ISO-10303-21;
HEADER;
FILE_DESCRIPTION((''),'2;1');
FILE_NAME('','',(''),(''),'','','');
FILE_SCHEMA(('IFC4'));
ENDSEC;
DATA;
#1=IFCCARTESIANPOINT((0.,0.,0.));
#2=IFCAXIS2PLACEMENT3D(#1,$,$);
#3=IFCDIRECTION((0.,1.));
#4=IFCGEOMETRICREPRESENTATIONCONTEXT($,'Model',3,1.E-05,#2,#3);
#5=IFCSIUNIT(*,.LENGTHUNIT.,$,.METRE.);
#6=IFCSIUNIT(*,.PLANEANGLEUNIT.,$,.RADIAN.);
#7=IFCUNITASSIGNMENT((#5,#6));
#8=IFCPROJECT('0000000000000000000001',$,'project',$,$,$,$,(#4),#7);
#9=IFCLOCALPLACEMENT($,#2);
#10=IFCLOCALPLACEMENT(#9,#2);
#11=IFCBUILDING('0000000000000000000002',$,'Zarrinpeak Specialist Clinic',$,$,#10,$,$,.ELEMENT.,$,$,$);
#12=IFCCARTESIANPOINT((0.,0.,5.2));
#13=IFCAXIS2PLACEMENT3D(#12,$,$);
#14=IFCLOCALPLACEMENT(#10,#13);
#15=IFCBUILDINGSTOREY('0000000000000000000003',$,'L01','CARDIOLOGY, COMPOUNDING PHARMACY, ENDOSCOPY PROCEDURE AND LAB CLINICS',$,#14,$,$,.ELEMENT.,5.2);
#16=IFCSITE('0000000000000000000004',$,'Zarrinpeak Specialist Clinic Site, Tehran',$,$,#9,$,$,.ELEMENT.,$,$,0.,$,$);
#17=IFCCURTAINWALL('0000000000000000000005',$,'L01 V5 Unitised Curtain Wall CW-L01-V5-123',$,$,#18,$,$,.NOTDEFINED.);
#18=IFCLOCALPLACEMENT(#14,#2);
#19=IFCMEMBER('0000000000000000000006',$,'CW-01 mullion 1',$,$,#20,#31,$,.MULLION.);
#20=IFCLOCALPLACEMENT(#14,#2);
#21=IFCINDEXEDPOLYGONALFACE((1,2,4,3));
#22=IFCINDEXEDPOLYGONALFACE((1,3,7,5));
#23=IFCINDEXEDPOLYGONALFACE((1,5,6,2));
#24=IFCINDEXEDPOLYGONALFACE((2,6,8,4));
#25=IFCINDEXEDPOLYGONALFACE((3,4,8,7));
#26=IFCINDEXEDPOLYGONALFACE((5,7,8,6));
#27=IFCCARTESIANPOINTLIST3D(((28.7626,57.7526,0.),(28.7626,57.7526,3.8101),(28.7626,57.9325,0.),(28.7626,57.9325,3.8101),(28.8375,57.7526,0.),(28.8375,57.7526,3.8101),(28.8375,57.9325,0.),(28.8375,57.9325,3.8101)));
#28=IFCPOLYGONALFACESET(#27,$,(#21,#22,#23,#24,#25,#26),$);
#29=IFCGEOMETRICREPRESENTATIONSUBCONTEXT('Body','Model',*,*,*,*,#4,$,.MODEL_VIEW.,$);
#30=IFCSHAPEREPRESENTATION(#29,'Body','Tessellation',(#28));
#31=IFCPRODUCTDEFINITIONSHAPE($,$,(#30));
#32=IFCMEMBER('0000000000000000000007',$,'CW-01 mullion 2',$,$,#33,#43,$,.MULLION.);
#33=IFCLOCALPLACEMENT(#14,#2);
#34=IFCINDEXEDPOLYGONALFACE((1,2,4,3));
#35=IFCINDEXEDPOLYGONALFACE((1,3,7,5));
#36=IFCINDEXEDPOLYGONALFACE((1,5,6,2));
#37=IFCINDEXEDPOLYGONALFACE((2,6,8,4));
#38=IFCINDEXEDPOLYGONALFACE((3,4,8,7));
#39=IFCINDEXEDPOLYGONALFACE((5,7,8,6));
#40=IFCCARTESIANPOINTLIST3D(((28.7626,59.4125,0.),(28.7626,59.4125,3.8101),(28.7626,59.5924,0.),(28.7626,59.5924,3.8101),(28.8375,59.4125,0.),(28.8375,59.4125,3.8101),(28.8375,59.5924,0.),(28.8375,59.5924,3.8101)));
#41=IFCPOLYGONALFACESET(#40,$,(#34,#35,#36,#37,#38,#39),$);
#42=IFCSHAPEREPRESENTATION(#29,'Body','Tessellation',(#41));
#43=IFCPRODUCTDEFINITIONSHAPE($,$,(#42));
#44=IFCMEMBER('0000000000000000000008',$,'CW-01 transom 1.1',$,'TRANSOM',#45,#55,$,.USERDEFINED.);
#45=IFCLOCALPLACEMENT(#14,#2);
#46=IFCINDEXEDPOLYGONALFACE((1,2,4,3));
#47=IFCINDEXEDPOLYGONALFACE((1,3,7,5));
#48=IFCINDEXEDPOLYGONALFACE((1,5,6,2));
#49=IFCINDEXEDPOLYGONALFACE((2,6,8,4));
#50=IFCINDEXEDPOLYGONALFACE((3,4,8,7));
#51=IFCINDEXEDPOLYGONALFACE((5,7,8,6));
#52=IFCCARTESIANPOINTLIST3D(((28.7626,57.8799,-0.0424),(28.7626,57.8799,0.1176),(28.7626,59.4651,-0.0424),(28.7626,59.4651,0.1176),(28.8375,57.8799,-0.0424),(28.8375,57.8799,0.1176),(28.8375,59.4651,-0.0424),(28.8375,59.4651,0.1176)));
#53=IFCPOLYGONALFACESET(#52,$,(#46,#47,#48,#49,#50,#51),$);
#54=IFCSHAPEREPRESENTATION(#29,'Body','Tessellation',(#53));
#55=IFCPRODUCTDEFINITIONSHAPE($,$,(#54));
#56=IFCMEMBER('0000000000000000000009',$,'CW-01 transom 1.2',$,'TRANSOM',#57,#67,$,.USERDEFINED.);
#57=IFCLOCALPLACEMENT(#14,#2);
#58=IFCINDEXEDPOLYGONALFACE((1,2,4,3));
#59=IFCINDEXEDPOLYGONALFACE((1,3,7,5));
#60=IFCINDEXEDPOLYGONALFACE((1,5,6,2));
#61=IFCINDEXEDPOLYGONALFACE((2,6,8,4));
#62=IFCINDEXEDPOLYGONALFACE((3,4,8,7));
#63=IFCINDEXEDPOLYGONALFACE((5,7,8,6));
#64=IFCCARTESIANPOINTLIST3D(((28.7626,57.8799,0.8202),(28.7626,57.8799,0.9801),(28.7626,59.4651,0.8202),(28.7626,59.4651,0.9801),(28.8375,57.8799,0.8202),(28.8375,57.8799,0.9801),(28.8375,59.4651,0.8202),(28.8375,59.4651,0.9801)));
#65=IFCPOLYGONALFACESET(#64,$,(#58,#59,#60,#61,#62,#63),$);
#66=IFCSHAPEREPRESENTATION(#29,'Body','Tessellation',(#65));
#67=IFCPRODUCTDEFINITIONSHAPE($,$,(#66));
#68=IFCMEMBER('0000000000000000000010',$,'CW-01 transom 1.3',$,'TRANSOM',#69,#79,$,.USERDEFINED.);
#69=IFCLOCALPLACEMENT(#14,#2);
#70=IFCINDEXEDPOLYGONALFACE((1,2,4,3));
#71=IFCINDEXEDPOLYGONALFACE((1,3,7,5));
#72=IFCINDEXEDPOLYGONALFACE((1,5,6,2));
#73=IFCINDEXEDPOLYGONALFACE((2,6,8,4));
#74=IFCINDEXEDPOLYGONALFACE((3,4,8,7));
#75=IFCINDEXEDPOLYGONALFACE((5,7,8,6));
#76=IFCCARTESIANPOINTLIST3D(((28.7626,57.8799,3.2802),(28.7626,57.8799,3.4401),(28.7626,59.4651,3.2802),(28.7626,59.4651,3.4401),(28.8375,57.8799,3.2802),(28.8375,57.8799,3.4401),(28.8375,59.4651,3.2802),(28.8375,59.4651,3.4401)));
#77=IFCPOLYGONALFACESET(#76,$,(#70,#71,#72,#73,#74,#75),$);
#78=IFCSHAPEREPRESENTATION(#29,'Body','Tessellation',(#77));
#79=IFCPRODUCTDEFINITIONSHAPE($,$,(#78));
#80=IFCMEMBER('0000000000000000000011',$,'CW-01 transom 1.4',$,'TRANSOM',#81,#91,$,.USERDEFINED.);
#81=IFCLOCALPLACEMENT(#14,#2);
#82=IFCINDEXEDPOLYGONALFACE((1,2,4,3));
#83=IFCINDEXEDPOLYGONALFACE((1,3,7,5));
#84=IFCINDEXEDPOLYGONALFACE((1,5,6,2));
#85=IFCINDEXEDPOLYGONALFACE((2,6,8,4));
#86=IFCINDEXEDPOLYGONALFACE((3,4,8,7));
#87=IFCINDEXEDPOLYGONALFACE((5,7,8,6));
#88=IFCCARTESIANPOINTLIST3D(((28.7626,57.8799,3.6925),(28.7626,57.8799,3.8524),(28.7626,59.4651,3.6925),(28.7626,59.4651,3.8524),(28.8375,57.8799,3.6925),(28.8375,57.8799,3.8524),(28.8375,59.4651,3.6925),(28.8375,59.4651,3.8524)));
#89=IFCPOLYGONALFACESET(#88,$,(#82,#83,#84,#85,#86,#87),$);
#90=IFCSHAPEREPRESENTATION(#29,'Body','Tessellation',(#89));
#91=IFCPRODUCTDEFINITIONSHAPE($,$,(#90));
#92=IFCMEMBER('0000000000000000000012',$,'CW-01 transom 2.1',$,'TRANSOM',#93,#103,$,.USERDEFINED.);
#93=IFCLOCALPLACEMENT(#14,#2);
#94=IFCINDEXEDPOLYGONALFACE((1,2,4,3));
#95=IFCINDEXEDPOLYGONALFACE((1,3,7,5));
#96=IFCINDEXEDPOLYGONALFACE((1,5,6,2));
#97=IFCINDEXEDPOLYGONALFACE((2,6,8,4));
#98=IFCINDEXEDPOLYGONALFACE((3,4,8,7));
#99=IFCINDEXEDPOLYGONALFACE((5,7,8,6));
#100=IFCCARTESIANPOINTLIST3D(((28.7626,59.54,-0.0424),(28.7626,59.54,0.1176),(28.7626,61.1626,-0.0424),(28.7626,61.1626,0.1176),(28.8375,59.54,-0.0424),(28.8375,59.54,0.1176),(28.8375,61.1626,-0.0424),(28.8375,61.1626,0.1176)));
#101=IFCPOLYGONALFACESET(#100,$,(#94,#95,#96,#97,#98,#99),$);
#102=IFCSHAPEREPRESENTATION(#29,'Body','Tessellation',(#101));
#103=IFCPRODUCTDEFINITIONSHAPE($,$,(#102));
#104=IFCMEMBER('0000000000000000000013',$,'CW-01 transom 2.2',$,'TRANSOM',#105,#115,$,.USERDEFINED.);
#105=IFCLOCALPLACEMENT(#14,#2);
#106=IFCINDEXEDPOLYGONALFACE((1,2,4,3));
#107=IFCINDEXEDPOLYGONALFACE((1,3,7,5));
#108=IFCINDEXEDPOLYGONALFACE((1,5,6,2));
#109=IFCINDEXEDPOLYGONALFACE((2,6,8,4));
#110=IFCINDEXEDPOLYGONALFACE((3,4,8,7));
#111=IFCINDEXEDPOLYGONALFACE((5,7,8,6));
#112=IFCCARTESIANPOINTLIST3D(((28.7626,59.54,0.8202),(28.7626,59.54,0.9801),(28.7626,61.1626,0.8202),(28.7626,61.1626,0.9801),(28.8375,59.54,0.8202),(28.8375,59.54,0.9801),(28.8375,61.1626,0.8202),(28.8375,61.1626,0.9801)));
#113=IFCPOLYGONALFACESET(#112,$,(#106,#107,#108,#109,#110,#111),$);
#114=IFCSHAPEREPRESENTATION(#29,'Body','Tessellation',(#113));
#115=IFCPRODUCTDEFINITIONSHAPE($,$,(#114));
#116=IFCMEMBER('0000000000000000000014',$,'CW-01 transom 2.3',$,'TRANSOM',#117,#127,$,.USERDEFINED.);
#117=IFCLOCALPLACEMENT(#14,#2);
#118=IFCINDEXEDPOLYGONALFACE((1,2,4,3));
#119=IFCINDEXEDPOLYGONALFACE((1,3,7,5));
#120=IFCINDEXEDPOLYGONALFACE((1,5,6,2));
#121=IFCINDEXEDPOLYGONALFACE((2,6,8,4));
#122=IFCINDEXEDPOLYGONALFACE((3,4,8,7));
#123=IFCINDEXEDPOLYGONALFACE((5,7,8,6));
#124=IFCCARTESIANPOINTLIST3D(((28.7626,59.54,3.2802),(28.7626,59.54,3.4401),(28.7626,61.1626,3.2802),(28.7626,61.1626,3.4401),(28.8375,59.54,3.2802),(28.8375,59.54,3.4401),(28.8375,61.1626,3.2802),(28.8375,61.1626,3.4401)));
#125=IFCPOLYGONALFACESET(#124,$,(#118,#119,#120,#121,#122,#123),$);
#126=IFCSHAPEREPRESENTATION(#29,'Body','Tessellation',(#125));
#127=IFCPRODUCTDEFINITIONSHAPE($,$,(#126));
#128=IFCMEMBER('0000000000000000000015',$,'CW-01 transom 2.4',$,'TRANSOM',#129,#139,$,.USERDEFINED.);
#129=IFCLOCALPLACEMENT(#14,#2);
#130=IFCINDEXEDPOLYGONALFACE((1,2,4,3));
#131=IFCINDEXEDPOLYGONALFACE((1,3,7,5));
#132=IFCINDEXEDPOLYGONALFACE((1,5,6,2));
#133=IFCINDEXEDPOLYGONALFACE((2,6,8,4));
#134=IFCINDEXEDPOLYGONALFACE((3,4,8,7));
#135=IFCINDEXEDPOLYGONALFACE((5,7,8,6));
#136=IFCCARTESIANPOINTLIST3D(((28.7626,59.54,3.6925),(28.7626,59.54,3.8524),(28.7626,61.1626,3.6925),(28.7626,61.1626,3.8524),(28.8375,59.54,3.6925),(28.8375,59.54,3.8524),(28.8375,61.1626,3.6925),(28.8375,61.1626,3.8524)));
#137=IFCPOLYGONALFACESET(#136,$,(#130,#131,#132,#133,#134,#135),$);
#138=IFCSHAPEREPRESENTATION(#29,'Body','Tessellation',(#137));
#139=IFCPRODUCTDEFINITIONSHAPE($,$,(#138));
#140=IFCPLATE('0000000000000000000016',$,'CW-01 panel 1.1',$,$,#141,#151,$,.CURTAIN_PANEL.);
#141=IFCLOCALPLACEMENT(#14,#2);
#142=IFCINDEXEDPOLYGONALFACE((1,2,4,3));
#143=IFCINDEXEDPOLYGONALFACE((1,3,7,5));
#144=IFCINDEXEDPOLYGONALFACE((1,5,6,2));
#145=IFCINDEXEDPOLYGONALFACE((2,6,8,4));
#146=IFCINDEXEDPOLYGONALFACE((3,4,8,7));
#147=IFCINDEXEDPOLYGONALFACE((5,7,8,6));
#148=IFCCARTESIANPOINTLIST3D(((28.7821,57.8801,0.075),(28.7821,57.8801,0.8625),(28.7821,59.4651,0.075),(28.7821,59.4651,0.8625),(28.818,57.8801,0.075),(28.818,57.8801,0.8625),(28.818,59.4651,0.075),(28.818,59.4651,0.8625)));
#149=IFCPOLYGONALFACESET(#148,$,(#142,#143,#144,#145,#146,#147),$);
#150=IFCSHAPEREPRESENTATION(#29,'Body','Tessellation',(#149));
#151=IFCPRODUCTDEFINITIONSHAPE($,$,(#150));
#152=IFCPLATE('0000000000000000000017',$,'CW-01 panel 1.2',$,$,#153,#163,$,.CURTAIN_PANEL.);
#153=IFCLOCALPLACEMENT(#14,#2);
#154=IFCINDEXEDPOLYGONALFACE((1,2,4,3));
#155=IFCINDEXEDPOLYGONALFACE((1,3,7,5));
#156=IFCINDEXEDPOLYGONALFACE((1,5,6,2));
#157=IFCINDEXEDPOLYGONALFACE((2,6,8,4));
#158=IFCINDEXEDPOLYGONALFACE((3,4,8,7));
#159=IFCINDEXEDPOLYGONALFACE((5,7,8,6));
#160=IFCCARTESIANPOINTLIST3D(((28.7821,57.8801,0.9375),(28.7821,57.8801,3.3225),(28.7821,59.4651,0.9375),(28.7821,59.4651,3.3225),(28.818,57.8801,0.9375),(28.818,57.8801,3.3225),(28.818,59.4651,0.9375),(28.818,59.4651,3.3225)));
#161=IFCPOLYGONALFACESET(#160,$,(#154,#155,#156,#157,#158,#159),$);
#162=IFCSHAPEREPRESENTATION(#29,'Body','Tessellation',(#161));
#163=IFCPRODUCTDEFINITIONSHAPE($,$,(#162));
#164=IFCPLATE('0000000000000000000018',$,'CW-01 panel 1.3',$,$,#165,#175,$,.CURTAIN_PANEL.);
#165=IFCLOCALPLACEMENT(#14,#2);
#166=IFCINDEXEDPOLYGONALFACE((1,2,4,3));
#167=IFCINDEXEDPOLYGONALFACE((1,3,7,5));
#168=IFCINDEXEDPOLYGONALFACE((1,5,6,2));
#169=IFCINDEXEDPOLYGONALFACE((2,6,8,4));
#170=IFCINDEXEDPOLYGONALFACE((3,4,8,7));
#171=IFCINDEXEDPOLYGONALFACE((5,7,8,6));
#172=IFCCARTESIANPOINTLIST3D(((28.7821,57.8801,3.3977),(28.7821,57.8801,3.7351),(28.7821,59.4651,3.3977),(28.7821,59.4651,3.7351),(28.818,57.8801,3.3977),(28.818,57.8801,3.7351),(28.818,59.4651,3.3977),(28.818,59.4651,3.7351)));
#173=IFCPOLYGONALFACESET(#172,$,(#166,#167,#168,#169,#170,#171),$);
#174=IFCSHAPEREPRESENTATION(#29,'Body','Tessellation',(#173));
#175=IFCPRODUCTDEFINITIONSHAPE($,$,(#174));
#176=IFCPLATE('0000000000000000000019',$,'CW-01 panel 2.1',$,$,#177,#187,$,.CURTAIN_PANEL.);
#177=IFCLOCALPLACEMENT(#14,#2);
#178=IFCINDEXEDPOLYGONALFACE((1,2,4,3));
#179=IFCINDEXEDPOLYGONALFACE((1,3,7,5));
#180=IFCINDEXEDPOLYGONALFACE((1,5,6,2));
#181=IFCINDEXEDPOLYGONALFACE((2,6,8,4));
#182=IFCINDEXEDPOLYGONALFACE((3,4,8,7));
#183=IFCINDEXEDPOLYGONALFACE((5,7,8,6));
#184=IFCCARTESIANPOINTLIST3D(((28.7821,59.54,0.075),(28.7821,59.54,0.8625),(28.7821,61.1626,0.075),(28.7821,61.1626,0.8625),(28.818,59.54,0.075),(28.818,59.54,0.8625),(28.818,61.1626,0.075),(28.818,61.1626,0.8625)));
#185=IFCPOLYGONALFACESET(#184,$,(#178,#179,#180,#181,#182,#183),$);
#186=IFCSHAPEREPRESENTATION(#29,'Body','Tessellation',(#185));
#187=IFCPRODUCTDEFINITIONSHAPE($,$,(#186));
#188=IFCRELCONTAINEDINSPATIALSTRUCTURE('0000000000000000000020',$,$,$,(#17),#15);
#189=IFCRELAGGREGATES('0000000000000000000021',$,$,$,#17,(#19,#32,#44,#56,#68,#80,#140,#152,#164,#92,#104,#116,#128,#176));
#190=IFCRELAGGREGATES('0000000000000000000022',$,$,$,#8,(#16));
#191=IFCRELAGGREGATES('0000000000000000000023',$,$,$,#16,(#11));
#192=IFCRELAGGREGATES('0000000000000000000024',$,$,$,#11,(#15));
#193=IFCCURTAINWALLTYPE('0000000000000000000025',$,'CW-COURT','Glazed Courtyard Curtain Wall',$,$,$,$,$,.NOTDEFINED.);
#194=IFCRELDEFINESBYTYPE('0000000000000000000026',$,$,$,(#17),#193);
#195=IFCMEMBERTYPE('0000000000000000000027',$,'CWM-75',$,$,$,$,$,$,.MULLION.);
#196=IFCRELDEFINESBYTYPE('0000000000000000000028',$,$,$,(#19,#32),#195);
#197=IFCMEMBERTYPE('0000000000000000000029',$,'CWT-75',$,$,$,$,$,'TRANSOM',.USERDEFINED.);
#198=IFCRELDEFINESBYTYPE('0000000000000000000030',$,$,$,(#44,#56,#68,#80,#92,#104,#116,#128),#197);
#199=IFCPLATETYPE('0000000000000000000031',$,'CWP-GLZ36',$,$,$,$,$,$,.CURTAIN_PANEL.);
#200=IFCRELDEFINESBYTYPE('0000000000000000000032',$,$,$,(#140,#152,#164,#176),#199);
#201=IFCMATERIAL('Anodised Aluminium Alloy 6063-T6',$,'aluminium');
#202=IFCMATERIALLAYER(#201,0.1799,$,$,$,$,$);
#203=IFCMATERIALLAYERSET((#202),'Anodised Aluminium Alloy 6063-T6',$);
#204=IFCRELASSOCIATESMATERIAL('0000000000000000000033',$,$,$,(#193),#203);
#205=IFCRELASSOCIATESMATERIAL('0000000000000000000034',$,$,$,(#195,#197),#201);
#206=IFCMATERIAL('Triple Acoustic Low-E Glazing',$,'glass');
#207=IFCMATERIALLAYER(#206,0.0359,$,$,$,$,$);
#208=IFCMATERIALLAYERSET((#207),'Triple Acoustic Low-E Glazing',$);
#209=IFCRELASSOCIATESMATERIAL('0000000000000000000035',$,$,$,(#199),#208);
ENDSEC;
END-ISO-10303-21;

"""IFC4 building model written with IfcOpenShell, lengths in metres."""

from ifc_helpers import new_model, si_unit, direction, frame, origin, origin_2d, place, context, subcontext, project, spatial, rectangle, extrude, material, layer, layer_set, material_profile, profile_set, type_object, element, aggregate, save


model = new_model("IFC4")

# Units and contexts
model_context = context("Model", 3, precision=1e-05, world=origin(), true_north=direction((0.0, 1.0)))
body_context = subcontext(model_context, "Body", "Model", "MODEL_VIEW")
ifc_project = project(units=[si_unit("LENGTHUNIT", "METRE"), si_unit("PLANEANGLEUNIT", "RADIAN")], contexts=[model_context])

# Site, building, storey
site_placement = place(None, origin())
site = spatial("IfcSite", under=ifc_project, at=site_placement, Name="Zarrinpeak Specialist Clinic Site, Tehran", CompositionType="ELEMENT", RefElevation=0.0)
building_placement = place(site_placement, origin())
building = spatial("IfcBuilding", under=site, at=building_placement, Name="Zarrinpeak Specialist Clinic", CompositionType="ELEMENT")
storey_placement = place(building_placement, frame((0.0, 0.0, 5.2)))
storey = spatial("IfcBuildingStorey", under=building, at=storey_placement, Name="L01", Description="CARDIOLOGY, COMPOUNDING PHARMACY, ENDOSCOPY PROCEDURE AND LAB CLINICS", CompositionType="ELEMENT", Elevation=5.2)

# Curtain wall, members, plates
ifc_material_1 = material(Name="Anodised Aluminium Alloy 6063-T6", Category="aluminium")
ifc_layer_1 = layer(ifc_material_1, 0.1799)
ifc_layer_set_1 = layer_set([ifc_layer_1], Name="Anodised Aluminium Alloy 6063-T6")
curtain_wall_type = type_object("IfcCurtainWallType", Name="CW-COURT", Description="Glazed Courtyard Curtain Wall", PredefinedType="NOTDEFINED", material=ifc_layer_set_1)
curtain_wall_placement = place(storey_placement, origin())
curtain_wall = element("IfcCurtainWall", 1, at=curtain_wall_placement, inside=storey, type_object=curtain_wall_type, Name="L01 V5 Unitised Curtain Wall CW-L01-V5-123", PredefinedType="NOTDEFINED")
ifc_material_profile_1 = material_profile(ifc_material_1, rectangle(XDim=0.075, YDim=0.1799, at=origin_2d()), Name="ALU 75x180")
ifc_profile_set_1 = profile_set([ifc_material_profile_1], Name="Anodised Aluminium Alloy 6063-T6")
member_type_1 = type_object("IfcMemberType", Name="CWM-75", PredefinedType="MULLION", material=ifc_profile_set_1)
member_1_placement = place(storey_placement, frame((28.8, 57.8425, 0.0), z_axis=(0.0, 0.0, 1.0), x_axis=(-1.0, 0.0, 0.0)))
member_1 = element("IfcMember", 2, at=member_1_placement, type_object=member_type_1, Name="CW-01 mullion 1", PredefinedType="MULLION", context=body_context, shape_type="SweptSolid", body=[
    extrude(rectangle(XDim=0.075, YDim=0.1799, at=origin_2d()), origin(), (0.0, 0.0, 1.0), 3.8101),
])
member_2_placement = place(storey_placement, frame((28.8, 59.5024, 0.0), z_axis=(0.0, 0.0, 1.0), x_axis=(-1.0, 0.0, 0.0)))
member_2 = element("IfcMember", 3, at=member_2_placement, type_object=member_type_1, Name="CW-01 mullion 2", PredefinedType="MULLION", context=body_context, shape_type="SweptSolid", body=[
    extrude(rectangle(XDim=0.075, YDim=0.1799, at=origin_2d()), origin(), (0.0, 0.0, 1.0), 3.8101),
])
ifc_material_profile_2 = material_profile(ifc_material_1, rectangle(XDim=0.075, YDim=0.1599, at=origin_2d()), Name="ALU 75x160")
ifc_profile_set_2 = profile_set([ifc_material_profile_2], Name="Anodised Aluminium Alloy 6063-T6")
member_type_2 = type_object("IfcMemberType", Name="CWT-75", ElementType="TRANSOM", PredefinedType="USERDEFINED", material=ifc_profile_set_2)
member_3_placement = place(storey_placement, frame((28.8, 57.8799, 0.0376), z_axis=(0.0, 1.0, 0.0), x_axis=(-1.0, 0.0, 0.0)))
member_3 = element("IfcMember", 4, at=member_3_placement, type_object=member_type_2, Name="CW-01 transom 1.1", ObjectType="TRANSOM", PredefinedType="USERDEFINED", context=body_context, shape_type="SweptSolid", body=[
    extrude(rectangle(XDim=0.075, YDim=0.1599, at=origin_2d()), origin(), (0.0, 0.0, 1.0), 1.5852),
])
member_4_placement = place(storey_placement, frame((28.8, 57.8799, 0.9001), z_axis=(0.0, 1.0, 0.0), x_axis=(-1.0, 0.0, 0.0)))
member_4 = element("IfcMember", 5, at=member_4_placement, type_object=member_type_2, Name="CW-01 transom 1.2", ObjectType="TRANSOM", PredefinedType="USERDEFINED", context=body_context, shape_type="SweptSolid", body=[
    extrude(rectangle(XDim=0.075, YDim=0.1599, at=origin_2d()), origin(), (0.0, 0.0, 1.0), 1.5852),
])
member_5_placement = place(storey_placement, frame((28.8, 57.8799, 3.3601), z_axis=(0.0, 1.0, 0.0), x_axis=(-1.0, 0.0, 0.0)))
member_5 = element("IfcMember", 6, at=member_5_placement, type_object=member_type_2, Name="CW-01 transom 1.3", ObjectType="TRANSOM", PredefinedType="USERDEFINED", context=body_context, shape_type="SweptSolid", body=[
    extrude(rectangle(XDim=0.075, YDim=0.1599, at=origin_2d()), origin(), (0.0, 0.0, 1.0), 1.5852),
])
member_6_placement = place(storey_placement, frame((28.8, 57.8799, 3.7725), z_axis=(0.0, 1.0, 0.0), x_axis=(-1.0, 0.0, 0.0)))
member_6 = element("IfcMember", 7, at=member_6_placement, type_object=member_type_2, Name="CW-01 transom 1.4", ObjectType="TRANSOM", PredefinedType="USERDEFINED", context=body_context, shape_type="SweptSolid", body=[
    extrude(rectangle(XDim=0.075, YDim=0.1599, at=origin_2d()), origin(), (0.0, 0.0, 1.0), 1.5852),
])
member_7_placement = place(storey_placement, frame((28.8, 59.54, 0.0376), z_axis=(0.0, 1.0, 0.0), x_axis=(-1.0, 0.0, 0.0)))
member_7 = element("IfcMember", 8, at=member_7_placement, type_object=member_type_2, Name="CW-01 transom 2.1", ObjectType="TRANSOM", PredefinedType="USERDEFINED", context=body_context, shape_type="SweptSolid", body=[
    extrude(rectangle(XDim=0.075, YDim=0.1599, at=origin_2d()), origin(), (0.0, 0.0, 1.0), 1.6226),
])
member_8_placement = place(storey_placement, frame((28.8, 59.54, 0.9001), z_axis=(0.0, 1.0, 0.0), x_axis=(-1.0, 0.0, 0.0)))
member_8 = element("IfcMember", 9, at=member_8_placement, type_object=member_type_2, Name="CW-01 transom 2.2", ObjectType="TRANSOM", PredefinedType="USERDEFINED", context=body_context, shape_type="SweptSolid", body=[
    extrude(rectangle(XDim=0.075, YDim=0.1599, at=origin_2d()), origin(), (0.0, 0.0, 1.0), 1.6226),
])
member_9_placement = place(storey_placement, frame((28.8, 59.54, 3.3601), z_axis=(0.0, 1.0, 0.0), x_axis=(-1.0, 0.0, 0.0)))
member_9 = element("IfcMember", 10, at=member_9_placement, type_object=member_type_2, Name="CW-01 transom 2.3", ObjectType="TRANSOM", PredefinedType="USERDEFINED", context=body_context, shape_type="SweptSolid", body=[
    extrude(rectangle(XDim=0.075, YDim=0.1599, at=origin_2d()), origin(), (0.0, 0.0, 1.0), 1.6226),
])
member_10_placement = place(storey_placement, frame((28.8, 59.54, 3.7725), z_axis=(0.0, 1.0, 0.0), x_axis=(-1.0, 0.0, 0.0)))
member_10 = element("IfcMember", 11, at=member_10_placement, type_object=member_type_2, Name="CW-01 transom 2.4", ObjectType="TRANSOM", PredefinedType="USERDEFINED", context=body_context, shape_type="SweptSolid", body=[
    extrude(rectangle(XDim=0.075, YDim=0.1599, at=origin_2d()), origin(), (0.0, 0.0, 1.0), 1.6226),
])
ifc_material_2 = material(Name="Triple Acoustic Low-E Glazing", Category="glass")
ifc_layer_2 = layer(ifc_material_2, 0.0359)
ifc_layer_set_2 = layer_set([ifc_layer_2], Name="Triple Acoustic Low-E Glazing")
plate_type = type_object("IfcPlateType", Name="CWP-GLZ36", PredefinedType="CURTAIN_PANEL", material=ifc_layer_set_2)
plate_1_placement = place(storey_placement, frame((28.8, 58.6726, 0.075), z_axis=(0.0, 0.0, 1.0), x_axis=(0.0, 1.0, 0.0)))
plate_1 = element("IfcPlate", 12, at=plate_1_placement, type_object=plate_type, Name="CW-01 panel 1.1", PredefinedType="CURTAIN_PANEL", context=body_context, shape_type="SweptSolid", body=[
    extrude(rectangle(XDim=1.585, YDim=0.0359, at=origin_2d()), origin(), (0.0, 0.0, 1.0), 0.7876),
])
plate_2_placement = place(storey_placement, frame((28.8, 58.6726, 0.9375), z_axis=(0.0, 0.0, 1.0), x_axis=(0.0, 1.0, 0.0)))
plate_2 = element("IfcPlate", 13, at=plate_2_placement, type_object=plate_type, Name="CW-01 panel 1.2", PredefinedType="CURTAIN_PANEL", context=body_context, shape_type="SweptSolid", body=[
    extrude(rectangle(XDim=1.585, YDim=0.0359, at=origin_2d()), origin(), (0.0, 0.0, 1.0), 2.385),
])
plate_3_placement = place(storey_placement, frame((28.8, 58.6726, 3.3977), z_axis=(0.0, 0.0, 1.0), x_axis=(0.0, 1.0, 0.0)))
plate_3 = element("IfcPlate", 14, at=plate_3_placement, type_object=plate_type, Name="CW-01 panel 1.3", PredefinedType="CURTAIN_PANEL", context=body_context, shape_type="SweptSolid", body=[
    extrude(rectangle(XDim=1.585, YDim=0.0359, at=origin_2d()), origin(), (0.0, 0.0, 1.0), 0.3374),
])
plate_4_placement = place(storey_placement, frame((28.8, 60.3513, 0.075), z_axis=(0.0, 0.0, 1.0), x_axis=(0.0, 1.0, 0.0)))
plate_4 = element("IfcPlate", 15, at=plate_4_placement, type_object=plate_type, Name="CW-01 panel 2.1", PredefinedType="CURTAIN_PANEL", context=body_context, shape_type="SweptSolid", body=[
    extrude(rectangle(XDim=1.6226, YDim=0.0359, at=origin_2d()), origin(), (0.0, 0.0, 1.0), 0.7876),
])
aggregate(curtain_wall, [member_1, member_2, member_3, member_4, member_5, member_6, plate_1, plate_2, plate_3, member_7, member_8, member_9, member_10, plate_4])

save(model, "model.ifc")
